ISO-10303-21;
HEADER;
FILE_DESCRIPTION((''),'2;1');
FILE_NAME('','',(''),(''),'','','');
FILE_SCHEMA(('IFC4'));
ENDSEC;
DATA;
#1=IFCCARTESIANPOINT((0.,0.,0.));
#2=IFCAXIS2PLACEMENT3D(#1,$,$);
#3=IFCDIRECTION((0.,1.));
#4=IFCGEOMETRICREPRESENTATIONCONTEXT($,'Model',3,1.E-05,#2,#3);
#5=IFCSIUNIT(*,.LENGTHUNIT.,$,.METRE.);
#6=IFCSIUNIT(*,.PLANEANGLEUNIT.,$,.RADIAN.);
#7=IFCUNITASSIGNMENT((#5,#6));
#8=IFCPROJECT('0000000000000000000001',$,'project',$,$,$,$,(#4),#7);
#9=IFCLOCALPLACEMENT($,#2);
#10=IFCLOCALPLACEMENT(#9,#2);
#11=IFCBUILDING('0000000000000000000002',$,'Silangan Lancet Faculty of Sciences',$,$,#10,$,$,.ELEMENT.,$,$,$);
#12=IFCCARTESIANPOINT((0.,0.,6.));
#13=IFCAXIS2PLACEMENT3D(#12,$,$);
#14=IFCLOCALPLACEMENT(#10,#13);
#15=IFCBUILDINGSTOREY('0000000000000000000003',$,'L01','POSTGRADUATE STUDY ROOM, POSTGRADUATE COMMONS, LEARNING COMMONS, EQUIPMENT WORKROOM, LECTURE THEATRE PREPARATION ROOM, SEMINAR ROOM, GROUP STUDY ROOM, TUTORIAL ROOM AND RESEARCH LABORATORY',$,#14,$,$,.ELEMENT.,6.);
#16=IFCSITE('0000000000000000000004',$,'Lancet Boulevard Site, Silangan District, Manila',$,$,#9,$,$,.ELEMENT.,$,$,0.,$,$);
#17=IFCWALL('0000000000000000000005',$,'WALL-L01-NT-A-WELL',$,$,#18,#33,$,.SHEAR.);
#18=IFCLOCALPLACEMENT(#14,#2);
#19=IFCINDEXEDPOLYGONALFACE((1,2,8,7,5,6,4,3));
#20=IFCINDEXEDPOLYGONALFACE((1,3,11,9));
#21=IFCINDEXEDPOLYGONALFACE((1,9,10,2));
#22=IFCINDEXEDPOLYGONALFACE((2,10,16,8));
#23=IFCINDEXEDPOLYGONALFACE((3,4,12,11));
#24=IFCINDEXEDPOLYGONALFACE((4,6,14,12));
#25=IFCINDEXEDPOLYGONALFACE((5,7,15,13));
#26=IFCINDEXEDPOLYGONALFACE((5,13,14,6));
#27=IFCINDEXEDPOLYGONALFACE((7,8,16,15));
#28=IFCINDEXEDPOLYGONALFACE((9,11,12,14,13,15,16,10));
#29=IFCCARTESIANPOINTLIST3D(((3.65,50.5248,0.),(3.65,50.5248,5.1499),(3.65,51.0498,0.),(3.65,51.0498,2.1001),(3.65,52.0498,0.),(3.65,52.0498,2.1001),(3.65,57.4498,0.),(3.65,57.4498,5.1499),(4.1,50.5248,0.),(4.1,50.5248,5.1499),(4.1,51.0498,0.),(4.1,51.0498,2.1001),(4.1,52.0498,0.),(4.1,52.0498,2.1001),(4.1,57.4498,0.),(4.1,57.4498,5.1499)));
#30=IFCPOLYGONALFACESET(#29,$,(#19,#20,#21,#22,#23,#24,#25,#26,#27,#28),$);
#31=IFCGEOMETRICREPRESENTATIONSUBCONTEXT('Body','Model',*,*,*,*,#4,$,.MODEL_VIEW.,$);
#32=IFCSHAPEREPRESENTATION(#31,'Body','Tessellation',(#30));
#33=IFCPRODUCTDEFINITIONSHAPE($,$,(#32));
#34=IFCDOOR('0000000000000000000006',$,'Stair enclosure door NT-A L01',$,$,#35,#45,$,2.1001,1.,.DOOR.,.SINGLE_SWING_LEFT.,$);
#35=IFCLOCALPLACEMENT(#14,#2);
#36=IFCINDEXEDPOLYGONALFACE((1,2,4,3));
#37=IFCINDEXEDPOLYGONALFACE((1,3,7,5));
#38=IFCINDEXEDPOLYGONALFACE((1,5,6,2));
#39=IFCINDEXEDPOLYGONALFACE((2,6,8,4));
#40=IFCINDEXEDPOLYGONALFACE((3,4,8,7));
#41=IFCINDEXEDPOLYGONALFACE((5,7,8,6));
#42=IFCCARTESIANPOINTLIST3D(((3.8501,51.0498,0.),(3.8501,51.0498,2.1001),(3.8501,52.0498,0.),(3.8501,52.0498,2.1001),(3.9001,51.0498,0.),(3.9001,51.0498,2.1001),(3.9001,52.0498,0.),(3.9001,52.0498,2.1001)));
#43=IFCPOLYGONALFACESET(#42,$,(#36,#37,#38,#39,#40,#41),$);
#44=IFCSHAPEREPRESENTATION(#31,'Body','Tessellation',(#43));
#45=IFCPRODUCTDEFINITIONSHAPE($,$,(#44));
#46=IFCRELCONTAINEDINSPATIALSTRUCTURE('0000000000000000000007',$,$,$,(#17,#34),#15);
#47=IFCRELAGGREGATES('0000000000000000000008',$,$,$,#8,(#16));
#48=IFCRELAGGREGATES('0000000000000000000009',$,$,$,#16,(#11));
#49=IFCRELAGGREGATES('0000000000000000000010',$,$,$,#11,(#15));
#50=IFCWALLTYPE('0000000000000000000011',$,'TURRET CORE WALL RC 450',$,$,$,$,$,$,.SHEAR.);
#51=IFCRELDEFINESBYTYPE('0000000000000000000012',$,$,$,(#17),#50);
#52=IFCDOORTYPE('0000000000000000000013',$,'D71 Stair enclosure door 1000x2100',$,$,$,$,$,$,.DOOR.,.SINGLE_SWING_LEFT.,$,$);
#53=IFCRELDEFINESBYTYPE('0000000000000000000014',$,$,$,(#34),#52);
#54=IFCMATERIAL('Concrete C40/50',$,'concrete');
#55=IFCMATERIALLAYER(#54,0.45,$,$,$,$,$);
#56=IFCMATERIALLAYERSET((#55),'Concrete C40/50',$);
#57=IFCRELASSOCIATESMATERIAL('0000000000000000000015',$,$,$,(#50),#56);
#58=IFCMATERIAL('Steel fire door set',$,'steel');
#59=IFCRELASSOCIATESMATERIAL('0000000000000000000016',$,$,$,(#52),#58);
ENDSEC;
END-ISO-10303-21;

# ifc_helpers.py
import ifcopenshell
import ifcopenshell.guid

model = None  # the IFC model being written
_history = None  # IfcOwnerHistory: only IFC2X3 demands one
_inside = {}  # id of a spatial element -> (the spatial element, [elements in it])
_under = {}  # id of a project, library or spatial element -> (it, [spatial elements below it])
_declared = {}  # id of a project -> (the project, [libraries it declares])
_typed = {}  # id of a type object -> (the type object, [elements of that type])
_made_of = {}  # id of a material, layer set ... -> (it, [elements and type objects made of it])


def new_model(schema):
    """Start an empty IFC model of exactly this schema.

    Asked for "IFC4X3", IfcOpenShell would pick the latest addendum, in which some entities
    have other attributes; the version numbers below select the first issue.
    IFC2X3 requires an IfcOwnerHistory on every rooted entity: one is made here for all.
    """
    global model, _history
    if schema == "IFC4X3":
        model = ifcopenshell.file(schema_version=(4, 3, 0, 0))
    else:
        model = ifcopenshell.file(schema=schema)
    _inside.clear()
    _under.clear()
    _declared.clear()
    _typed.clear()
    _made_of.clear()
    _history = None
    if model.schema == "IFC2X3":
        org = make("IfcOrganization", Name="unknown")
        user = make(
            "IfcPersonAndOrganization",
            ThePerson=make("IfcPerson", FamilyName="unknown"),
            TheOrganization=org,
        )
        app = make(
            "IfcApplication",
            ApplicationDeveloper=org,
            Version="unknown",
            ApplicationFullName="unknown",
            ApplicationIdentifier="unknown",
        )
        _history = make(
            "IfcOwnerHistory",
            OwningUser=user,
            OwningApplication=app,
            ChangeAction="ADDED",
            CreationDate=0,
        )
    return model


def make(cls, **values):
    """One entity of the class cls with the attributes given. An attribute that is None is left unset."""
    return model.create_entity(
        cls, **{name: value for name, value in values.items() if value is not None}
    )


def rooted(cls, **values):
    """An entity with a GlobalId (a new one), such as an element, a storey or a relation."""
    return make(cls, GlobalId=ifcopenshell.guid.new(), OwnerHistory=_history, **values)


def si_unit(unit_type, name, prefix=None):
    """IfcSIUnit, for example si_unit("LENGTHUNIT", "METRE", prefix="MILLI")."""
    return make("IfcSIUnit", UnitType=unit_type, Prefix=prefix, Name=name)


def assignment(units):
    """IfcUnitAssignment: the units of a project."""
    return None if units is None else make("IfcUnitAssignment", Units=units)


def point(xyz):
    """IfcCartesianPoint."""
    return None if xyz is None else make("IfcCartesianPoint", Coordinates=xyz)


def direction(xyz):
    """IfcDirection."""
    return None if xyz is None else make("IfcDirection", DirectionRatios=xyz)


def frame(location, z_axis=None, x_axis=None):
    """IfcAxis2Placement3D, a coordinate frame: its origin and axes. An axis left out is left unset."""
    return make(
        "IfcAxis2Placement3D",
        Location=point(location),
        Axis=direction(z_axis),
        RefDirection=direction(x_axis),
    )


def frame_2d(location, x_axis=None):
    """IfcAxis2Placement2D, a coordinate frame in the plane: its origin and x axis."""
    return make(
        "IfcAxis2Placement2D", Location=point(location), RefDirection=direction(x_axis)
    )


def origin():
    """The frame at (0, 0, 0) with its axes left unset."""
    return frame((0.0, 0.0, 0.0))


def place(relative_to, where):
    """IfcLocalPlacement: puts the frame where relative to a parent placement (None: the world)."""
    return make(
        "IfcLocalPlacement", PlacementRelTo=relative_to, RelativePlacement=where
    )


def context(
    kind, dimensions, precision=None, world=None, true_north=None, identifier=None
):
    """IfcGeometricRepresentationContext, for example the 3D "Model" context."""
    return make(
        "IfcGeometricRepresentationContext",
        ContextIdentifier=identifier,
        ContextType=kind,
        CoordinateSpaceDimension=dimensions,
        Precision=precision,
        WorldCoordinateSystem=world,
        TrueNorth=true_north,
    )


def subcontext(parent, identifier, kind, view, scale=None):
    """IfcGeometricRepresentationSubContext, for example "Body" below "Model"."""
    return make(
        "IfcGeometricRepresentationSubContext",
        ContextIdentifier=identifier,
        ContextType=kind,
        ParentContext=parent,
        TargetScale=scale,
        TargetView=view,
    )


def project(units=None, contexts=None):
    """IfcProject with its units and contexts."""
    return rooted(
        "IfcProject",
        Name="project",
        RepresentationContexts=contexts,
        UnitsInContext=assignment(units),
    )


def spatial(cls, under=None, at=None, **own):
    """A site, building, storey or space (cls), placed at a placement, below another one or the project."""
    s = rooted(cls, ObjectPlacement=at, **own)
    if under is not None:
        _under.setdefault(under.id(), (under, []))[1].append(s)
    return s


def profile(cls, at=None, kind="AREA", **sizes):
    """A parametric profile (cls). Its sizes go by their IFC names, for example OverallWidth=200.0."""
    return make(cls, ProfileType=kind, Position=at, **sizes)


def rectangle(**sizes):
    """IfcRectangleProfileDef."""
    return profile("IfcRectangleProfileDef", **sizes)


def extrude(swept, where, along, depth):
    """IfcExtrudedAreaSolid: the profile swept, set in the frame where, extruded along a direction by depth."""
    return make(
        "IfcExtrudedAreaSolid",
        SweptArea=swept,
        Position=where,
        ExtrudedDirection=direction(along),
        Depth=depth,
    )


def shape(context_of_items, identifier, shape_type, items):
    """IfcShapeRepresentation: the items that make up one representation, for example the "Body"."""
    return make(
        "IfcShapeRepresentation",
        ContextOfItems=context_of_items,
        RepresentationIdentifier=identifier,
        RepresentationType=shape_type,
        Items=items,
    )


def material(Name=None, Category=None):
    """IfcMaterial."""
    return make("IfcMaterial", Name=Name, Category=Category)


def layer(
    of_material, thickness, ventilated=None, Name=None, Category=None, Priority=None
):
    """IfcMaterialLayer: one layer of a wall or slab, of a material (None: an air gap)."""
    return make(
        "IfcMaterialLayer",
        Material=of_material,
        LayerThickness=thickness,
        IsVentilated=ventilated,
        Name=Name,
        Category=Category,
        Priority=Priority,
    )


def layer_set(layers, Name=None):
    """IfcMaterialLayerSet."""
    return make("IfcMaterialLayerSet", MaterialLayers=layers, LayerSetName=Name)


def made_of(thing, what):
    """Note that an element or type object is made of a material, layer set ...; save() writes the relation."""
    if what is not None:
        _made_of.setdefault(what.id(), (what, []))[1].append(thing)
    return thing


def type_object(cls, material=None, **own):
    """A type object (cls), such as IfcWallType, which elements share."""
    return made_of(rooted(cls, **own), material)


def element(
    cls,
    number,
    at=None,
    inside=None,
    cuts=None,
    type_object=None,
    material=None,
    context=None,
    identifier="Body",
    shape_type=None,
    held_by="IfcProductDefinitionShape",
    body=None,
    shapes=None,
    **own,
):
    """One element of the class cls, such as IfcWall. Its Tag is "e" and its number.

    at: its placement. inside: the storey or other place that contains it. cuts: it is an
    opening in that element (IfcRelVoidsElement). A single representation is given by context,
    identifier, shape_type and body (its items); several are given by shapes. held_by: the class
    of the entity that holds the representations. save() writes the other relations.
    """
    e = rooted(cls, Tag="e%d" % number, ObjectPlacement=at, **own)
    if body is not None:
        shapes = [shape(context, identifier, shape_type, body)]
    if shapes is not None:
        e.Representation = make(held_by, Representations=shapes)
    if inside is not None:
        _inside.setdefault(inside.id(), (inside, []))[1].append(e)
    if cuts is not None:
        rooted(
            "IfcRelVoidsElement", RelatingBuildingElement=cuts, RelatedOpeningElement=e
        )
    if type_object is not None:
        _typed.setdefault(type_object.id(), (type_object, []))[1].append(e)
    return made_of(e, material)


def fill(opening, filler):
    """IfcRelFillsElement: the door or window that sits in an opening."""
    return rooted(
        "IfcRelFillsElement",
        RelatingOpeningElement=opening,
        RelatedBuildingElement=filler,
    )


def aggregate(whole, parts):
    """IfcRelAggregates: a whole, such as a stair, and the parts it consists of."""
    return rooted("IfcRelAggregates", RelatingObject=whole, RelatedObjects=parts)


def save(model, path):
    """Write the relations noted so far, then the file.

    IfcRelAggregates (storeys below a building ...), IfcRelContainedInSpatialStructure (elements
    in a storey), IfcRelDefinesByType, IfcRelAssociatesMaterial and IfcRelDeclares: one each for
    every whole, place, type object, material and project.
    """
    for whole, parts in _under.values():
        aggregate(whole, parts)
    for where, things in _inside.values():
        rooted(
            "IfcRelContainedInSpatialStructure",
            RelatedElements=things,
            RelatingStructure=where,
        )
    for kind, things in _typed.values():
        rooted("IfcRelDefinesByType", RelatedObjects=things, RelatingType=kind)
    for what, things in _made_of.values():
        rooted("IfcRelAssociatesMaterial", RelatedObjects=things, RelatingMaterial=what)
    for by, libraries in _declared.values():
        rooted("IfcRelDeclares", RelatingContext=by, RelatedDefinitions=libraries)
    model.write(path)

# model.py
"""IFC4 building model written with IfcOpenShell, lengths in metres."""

from ifc_helpers import new_model, si_unit, direction, frame, frame_2d, origin, place, context, subcontext, project, spatial, rectangle, extrude, material, layer, layer_set, type_object, element, fill, save


model = new_model("IFC4")

# Units and contexts
model_context = context("Model", 3, precision=1e-05, world=origin(), true_north=direction((0.0, 1.0)))
body_context = subcontext(model_context, "Body", "Model", "MODEL_VIEW")
ifc_project = project(units=[si_unit("LENGTHUNIT", "METRE"), si_unit("PLANEANGLEUNIT", "RADIAN")], contexts=[model_context])

# Site, building, storey
site_placement = place(None, origin())
site = spatial("IfcSite", under=ifc_project, at=site_placement, Name="Lancet Boulevard Site, Silangan District, Manila", CompositionType="ELEMENT", RefElevation=0.0)
building_placement = place(site_placement, origin())
building = spatial("IfcBuilding", under=site, at=building_placement, Name="Silangan Lancet Faculty of Sciences", CompositionType="ELEMENT")
storey_placement = place(building_placement, frame((0.0, 0.0, 6.0)))
storey = spatial("IfcBuildingStorey", under=building, at=storey_placement, Name="L01", Description="POSTGRADUATE STUDY ROOM, POSTGRADUATE COMMONS, LEARNING COMMONS, EQUIPMENT WORKROOM, LECTURE THEATRE PREPARATION ROOM, SEMINAR ROOM, GROUP STUDY ROOM, TUTORIAL ROOM AND RESEARCH LABORATORY", CompositionType="ELEMENT", Elevation=6.0)

# Wall, opening, door
ifc_material_1 = material(Name="Concrete C40/50", Category="concrete")
ifc_layer_1 = layer(ifc_material_1, 0.45)
ifc_layer_set_1 = layer_set([ifc_layer_1], Name="Concrete C40/50")
wall_type_1 = type_object("IfcWallType", Name="TURRET CORE WALL RC 450", PredefinedType="SHEAR", material=ifc_layer_set_1)
wall_1_placement = place(storey_placement, frame((3.875, 50.5249, 0.0), z_axis=(0.0, 0.0, 1.0), x_axis=(0.0, 1.0, 0.0)))
wall_1 = element("IfcWall", 1, at=wall_1_placement, inside=storey, type_object=wall_type_1, Name="WALL-L01-NT-A-WELL", PredefinedType="SHEAR", context=body_context, shape_type="SweptSolid", body=[
    extrude(rectangle(XDim=6.925, YDim=0.45, at=frame_2d((3.4624, 0.0))), origin(), (0.0, 0.0, 1.0), 5.1499),
])
opening_1_placement = place(wall_1_placement, frame((0.5249, 0.0, 0.0)))
opening_1 = element("IfcOpeningElement", 2, at=opening_1_placement, cuts=wall_1, PredefinedType="OPENING", context=body_context, shape_type="SweptSolid", body=[
    extrude(rectangle(XDim=1.0, YDim=2.1001, at=frame_2d((0.5, 1.05))), frame((0.0, 0.2349, 0.0), z_axis=(0.0, -1.0, 0.0), x_axis=(1.0, 0.0, 0.0)), (0.0, 0.0, 1.0), 0.47),
])
ifc_material_2 = material(Name="Steel fire door set", Category="steel")
door_type_1 = type_object("IfcDoorType", Name="D71 Stair enclosure door 1000x2100", OperationType="SINGLE_SWING_LEFT", PredefinedType="DOOR", material=ifc_material_2)
door_1_placement = place(opening_1_placement, origin())
door_1 = element("IfcDoor", 3, at=door_1_placement, inside=storey, type_object=door_type_1, Name="Stair enclosure door NT-A L01", OperationType="SINGLE_SWING_LEFT", OverallHeight=2.1001, OverallWidth=1.0, PredefinedType="DOOR", context=body_context, shape_type="SweptSolid", body=[
    extrude(rectangle(XDim=1.0, YDim=2.1001, at=frame_2d((0.5, 1.05))), frame((0.0, 0.0249, 0.0), z_axis=(0.0, -1.0, 0.0), x_axis=(1.0, 0.0, 0.0)), (0.0, 0.0, 1.0), 0.05),
])
fill(opening_1, door_1)

save(model, "model.ifc")
